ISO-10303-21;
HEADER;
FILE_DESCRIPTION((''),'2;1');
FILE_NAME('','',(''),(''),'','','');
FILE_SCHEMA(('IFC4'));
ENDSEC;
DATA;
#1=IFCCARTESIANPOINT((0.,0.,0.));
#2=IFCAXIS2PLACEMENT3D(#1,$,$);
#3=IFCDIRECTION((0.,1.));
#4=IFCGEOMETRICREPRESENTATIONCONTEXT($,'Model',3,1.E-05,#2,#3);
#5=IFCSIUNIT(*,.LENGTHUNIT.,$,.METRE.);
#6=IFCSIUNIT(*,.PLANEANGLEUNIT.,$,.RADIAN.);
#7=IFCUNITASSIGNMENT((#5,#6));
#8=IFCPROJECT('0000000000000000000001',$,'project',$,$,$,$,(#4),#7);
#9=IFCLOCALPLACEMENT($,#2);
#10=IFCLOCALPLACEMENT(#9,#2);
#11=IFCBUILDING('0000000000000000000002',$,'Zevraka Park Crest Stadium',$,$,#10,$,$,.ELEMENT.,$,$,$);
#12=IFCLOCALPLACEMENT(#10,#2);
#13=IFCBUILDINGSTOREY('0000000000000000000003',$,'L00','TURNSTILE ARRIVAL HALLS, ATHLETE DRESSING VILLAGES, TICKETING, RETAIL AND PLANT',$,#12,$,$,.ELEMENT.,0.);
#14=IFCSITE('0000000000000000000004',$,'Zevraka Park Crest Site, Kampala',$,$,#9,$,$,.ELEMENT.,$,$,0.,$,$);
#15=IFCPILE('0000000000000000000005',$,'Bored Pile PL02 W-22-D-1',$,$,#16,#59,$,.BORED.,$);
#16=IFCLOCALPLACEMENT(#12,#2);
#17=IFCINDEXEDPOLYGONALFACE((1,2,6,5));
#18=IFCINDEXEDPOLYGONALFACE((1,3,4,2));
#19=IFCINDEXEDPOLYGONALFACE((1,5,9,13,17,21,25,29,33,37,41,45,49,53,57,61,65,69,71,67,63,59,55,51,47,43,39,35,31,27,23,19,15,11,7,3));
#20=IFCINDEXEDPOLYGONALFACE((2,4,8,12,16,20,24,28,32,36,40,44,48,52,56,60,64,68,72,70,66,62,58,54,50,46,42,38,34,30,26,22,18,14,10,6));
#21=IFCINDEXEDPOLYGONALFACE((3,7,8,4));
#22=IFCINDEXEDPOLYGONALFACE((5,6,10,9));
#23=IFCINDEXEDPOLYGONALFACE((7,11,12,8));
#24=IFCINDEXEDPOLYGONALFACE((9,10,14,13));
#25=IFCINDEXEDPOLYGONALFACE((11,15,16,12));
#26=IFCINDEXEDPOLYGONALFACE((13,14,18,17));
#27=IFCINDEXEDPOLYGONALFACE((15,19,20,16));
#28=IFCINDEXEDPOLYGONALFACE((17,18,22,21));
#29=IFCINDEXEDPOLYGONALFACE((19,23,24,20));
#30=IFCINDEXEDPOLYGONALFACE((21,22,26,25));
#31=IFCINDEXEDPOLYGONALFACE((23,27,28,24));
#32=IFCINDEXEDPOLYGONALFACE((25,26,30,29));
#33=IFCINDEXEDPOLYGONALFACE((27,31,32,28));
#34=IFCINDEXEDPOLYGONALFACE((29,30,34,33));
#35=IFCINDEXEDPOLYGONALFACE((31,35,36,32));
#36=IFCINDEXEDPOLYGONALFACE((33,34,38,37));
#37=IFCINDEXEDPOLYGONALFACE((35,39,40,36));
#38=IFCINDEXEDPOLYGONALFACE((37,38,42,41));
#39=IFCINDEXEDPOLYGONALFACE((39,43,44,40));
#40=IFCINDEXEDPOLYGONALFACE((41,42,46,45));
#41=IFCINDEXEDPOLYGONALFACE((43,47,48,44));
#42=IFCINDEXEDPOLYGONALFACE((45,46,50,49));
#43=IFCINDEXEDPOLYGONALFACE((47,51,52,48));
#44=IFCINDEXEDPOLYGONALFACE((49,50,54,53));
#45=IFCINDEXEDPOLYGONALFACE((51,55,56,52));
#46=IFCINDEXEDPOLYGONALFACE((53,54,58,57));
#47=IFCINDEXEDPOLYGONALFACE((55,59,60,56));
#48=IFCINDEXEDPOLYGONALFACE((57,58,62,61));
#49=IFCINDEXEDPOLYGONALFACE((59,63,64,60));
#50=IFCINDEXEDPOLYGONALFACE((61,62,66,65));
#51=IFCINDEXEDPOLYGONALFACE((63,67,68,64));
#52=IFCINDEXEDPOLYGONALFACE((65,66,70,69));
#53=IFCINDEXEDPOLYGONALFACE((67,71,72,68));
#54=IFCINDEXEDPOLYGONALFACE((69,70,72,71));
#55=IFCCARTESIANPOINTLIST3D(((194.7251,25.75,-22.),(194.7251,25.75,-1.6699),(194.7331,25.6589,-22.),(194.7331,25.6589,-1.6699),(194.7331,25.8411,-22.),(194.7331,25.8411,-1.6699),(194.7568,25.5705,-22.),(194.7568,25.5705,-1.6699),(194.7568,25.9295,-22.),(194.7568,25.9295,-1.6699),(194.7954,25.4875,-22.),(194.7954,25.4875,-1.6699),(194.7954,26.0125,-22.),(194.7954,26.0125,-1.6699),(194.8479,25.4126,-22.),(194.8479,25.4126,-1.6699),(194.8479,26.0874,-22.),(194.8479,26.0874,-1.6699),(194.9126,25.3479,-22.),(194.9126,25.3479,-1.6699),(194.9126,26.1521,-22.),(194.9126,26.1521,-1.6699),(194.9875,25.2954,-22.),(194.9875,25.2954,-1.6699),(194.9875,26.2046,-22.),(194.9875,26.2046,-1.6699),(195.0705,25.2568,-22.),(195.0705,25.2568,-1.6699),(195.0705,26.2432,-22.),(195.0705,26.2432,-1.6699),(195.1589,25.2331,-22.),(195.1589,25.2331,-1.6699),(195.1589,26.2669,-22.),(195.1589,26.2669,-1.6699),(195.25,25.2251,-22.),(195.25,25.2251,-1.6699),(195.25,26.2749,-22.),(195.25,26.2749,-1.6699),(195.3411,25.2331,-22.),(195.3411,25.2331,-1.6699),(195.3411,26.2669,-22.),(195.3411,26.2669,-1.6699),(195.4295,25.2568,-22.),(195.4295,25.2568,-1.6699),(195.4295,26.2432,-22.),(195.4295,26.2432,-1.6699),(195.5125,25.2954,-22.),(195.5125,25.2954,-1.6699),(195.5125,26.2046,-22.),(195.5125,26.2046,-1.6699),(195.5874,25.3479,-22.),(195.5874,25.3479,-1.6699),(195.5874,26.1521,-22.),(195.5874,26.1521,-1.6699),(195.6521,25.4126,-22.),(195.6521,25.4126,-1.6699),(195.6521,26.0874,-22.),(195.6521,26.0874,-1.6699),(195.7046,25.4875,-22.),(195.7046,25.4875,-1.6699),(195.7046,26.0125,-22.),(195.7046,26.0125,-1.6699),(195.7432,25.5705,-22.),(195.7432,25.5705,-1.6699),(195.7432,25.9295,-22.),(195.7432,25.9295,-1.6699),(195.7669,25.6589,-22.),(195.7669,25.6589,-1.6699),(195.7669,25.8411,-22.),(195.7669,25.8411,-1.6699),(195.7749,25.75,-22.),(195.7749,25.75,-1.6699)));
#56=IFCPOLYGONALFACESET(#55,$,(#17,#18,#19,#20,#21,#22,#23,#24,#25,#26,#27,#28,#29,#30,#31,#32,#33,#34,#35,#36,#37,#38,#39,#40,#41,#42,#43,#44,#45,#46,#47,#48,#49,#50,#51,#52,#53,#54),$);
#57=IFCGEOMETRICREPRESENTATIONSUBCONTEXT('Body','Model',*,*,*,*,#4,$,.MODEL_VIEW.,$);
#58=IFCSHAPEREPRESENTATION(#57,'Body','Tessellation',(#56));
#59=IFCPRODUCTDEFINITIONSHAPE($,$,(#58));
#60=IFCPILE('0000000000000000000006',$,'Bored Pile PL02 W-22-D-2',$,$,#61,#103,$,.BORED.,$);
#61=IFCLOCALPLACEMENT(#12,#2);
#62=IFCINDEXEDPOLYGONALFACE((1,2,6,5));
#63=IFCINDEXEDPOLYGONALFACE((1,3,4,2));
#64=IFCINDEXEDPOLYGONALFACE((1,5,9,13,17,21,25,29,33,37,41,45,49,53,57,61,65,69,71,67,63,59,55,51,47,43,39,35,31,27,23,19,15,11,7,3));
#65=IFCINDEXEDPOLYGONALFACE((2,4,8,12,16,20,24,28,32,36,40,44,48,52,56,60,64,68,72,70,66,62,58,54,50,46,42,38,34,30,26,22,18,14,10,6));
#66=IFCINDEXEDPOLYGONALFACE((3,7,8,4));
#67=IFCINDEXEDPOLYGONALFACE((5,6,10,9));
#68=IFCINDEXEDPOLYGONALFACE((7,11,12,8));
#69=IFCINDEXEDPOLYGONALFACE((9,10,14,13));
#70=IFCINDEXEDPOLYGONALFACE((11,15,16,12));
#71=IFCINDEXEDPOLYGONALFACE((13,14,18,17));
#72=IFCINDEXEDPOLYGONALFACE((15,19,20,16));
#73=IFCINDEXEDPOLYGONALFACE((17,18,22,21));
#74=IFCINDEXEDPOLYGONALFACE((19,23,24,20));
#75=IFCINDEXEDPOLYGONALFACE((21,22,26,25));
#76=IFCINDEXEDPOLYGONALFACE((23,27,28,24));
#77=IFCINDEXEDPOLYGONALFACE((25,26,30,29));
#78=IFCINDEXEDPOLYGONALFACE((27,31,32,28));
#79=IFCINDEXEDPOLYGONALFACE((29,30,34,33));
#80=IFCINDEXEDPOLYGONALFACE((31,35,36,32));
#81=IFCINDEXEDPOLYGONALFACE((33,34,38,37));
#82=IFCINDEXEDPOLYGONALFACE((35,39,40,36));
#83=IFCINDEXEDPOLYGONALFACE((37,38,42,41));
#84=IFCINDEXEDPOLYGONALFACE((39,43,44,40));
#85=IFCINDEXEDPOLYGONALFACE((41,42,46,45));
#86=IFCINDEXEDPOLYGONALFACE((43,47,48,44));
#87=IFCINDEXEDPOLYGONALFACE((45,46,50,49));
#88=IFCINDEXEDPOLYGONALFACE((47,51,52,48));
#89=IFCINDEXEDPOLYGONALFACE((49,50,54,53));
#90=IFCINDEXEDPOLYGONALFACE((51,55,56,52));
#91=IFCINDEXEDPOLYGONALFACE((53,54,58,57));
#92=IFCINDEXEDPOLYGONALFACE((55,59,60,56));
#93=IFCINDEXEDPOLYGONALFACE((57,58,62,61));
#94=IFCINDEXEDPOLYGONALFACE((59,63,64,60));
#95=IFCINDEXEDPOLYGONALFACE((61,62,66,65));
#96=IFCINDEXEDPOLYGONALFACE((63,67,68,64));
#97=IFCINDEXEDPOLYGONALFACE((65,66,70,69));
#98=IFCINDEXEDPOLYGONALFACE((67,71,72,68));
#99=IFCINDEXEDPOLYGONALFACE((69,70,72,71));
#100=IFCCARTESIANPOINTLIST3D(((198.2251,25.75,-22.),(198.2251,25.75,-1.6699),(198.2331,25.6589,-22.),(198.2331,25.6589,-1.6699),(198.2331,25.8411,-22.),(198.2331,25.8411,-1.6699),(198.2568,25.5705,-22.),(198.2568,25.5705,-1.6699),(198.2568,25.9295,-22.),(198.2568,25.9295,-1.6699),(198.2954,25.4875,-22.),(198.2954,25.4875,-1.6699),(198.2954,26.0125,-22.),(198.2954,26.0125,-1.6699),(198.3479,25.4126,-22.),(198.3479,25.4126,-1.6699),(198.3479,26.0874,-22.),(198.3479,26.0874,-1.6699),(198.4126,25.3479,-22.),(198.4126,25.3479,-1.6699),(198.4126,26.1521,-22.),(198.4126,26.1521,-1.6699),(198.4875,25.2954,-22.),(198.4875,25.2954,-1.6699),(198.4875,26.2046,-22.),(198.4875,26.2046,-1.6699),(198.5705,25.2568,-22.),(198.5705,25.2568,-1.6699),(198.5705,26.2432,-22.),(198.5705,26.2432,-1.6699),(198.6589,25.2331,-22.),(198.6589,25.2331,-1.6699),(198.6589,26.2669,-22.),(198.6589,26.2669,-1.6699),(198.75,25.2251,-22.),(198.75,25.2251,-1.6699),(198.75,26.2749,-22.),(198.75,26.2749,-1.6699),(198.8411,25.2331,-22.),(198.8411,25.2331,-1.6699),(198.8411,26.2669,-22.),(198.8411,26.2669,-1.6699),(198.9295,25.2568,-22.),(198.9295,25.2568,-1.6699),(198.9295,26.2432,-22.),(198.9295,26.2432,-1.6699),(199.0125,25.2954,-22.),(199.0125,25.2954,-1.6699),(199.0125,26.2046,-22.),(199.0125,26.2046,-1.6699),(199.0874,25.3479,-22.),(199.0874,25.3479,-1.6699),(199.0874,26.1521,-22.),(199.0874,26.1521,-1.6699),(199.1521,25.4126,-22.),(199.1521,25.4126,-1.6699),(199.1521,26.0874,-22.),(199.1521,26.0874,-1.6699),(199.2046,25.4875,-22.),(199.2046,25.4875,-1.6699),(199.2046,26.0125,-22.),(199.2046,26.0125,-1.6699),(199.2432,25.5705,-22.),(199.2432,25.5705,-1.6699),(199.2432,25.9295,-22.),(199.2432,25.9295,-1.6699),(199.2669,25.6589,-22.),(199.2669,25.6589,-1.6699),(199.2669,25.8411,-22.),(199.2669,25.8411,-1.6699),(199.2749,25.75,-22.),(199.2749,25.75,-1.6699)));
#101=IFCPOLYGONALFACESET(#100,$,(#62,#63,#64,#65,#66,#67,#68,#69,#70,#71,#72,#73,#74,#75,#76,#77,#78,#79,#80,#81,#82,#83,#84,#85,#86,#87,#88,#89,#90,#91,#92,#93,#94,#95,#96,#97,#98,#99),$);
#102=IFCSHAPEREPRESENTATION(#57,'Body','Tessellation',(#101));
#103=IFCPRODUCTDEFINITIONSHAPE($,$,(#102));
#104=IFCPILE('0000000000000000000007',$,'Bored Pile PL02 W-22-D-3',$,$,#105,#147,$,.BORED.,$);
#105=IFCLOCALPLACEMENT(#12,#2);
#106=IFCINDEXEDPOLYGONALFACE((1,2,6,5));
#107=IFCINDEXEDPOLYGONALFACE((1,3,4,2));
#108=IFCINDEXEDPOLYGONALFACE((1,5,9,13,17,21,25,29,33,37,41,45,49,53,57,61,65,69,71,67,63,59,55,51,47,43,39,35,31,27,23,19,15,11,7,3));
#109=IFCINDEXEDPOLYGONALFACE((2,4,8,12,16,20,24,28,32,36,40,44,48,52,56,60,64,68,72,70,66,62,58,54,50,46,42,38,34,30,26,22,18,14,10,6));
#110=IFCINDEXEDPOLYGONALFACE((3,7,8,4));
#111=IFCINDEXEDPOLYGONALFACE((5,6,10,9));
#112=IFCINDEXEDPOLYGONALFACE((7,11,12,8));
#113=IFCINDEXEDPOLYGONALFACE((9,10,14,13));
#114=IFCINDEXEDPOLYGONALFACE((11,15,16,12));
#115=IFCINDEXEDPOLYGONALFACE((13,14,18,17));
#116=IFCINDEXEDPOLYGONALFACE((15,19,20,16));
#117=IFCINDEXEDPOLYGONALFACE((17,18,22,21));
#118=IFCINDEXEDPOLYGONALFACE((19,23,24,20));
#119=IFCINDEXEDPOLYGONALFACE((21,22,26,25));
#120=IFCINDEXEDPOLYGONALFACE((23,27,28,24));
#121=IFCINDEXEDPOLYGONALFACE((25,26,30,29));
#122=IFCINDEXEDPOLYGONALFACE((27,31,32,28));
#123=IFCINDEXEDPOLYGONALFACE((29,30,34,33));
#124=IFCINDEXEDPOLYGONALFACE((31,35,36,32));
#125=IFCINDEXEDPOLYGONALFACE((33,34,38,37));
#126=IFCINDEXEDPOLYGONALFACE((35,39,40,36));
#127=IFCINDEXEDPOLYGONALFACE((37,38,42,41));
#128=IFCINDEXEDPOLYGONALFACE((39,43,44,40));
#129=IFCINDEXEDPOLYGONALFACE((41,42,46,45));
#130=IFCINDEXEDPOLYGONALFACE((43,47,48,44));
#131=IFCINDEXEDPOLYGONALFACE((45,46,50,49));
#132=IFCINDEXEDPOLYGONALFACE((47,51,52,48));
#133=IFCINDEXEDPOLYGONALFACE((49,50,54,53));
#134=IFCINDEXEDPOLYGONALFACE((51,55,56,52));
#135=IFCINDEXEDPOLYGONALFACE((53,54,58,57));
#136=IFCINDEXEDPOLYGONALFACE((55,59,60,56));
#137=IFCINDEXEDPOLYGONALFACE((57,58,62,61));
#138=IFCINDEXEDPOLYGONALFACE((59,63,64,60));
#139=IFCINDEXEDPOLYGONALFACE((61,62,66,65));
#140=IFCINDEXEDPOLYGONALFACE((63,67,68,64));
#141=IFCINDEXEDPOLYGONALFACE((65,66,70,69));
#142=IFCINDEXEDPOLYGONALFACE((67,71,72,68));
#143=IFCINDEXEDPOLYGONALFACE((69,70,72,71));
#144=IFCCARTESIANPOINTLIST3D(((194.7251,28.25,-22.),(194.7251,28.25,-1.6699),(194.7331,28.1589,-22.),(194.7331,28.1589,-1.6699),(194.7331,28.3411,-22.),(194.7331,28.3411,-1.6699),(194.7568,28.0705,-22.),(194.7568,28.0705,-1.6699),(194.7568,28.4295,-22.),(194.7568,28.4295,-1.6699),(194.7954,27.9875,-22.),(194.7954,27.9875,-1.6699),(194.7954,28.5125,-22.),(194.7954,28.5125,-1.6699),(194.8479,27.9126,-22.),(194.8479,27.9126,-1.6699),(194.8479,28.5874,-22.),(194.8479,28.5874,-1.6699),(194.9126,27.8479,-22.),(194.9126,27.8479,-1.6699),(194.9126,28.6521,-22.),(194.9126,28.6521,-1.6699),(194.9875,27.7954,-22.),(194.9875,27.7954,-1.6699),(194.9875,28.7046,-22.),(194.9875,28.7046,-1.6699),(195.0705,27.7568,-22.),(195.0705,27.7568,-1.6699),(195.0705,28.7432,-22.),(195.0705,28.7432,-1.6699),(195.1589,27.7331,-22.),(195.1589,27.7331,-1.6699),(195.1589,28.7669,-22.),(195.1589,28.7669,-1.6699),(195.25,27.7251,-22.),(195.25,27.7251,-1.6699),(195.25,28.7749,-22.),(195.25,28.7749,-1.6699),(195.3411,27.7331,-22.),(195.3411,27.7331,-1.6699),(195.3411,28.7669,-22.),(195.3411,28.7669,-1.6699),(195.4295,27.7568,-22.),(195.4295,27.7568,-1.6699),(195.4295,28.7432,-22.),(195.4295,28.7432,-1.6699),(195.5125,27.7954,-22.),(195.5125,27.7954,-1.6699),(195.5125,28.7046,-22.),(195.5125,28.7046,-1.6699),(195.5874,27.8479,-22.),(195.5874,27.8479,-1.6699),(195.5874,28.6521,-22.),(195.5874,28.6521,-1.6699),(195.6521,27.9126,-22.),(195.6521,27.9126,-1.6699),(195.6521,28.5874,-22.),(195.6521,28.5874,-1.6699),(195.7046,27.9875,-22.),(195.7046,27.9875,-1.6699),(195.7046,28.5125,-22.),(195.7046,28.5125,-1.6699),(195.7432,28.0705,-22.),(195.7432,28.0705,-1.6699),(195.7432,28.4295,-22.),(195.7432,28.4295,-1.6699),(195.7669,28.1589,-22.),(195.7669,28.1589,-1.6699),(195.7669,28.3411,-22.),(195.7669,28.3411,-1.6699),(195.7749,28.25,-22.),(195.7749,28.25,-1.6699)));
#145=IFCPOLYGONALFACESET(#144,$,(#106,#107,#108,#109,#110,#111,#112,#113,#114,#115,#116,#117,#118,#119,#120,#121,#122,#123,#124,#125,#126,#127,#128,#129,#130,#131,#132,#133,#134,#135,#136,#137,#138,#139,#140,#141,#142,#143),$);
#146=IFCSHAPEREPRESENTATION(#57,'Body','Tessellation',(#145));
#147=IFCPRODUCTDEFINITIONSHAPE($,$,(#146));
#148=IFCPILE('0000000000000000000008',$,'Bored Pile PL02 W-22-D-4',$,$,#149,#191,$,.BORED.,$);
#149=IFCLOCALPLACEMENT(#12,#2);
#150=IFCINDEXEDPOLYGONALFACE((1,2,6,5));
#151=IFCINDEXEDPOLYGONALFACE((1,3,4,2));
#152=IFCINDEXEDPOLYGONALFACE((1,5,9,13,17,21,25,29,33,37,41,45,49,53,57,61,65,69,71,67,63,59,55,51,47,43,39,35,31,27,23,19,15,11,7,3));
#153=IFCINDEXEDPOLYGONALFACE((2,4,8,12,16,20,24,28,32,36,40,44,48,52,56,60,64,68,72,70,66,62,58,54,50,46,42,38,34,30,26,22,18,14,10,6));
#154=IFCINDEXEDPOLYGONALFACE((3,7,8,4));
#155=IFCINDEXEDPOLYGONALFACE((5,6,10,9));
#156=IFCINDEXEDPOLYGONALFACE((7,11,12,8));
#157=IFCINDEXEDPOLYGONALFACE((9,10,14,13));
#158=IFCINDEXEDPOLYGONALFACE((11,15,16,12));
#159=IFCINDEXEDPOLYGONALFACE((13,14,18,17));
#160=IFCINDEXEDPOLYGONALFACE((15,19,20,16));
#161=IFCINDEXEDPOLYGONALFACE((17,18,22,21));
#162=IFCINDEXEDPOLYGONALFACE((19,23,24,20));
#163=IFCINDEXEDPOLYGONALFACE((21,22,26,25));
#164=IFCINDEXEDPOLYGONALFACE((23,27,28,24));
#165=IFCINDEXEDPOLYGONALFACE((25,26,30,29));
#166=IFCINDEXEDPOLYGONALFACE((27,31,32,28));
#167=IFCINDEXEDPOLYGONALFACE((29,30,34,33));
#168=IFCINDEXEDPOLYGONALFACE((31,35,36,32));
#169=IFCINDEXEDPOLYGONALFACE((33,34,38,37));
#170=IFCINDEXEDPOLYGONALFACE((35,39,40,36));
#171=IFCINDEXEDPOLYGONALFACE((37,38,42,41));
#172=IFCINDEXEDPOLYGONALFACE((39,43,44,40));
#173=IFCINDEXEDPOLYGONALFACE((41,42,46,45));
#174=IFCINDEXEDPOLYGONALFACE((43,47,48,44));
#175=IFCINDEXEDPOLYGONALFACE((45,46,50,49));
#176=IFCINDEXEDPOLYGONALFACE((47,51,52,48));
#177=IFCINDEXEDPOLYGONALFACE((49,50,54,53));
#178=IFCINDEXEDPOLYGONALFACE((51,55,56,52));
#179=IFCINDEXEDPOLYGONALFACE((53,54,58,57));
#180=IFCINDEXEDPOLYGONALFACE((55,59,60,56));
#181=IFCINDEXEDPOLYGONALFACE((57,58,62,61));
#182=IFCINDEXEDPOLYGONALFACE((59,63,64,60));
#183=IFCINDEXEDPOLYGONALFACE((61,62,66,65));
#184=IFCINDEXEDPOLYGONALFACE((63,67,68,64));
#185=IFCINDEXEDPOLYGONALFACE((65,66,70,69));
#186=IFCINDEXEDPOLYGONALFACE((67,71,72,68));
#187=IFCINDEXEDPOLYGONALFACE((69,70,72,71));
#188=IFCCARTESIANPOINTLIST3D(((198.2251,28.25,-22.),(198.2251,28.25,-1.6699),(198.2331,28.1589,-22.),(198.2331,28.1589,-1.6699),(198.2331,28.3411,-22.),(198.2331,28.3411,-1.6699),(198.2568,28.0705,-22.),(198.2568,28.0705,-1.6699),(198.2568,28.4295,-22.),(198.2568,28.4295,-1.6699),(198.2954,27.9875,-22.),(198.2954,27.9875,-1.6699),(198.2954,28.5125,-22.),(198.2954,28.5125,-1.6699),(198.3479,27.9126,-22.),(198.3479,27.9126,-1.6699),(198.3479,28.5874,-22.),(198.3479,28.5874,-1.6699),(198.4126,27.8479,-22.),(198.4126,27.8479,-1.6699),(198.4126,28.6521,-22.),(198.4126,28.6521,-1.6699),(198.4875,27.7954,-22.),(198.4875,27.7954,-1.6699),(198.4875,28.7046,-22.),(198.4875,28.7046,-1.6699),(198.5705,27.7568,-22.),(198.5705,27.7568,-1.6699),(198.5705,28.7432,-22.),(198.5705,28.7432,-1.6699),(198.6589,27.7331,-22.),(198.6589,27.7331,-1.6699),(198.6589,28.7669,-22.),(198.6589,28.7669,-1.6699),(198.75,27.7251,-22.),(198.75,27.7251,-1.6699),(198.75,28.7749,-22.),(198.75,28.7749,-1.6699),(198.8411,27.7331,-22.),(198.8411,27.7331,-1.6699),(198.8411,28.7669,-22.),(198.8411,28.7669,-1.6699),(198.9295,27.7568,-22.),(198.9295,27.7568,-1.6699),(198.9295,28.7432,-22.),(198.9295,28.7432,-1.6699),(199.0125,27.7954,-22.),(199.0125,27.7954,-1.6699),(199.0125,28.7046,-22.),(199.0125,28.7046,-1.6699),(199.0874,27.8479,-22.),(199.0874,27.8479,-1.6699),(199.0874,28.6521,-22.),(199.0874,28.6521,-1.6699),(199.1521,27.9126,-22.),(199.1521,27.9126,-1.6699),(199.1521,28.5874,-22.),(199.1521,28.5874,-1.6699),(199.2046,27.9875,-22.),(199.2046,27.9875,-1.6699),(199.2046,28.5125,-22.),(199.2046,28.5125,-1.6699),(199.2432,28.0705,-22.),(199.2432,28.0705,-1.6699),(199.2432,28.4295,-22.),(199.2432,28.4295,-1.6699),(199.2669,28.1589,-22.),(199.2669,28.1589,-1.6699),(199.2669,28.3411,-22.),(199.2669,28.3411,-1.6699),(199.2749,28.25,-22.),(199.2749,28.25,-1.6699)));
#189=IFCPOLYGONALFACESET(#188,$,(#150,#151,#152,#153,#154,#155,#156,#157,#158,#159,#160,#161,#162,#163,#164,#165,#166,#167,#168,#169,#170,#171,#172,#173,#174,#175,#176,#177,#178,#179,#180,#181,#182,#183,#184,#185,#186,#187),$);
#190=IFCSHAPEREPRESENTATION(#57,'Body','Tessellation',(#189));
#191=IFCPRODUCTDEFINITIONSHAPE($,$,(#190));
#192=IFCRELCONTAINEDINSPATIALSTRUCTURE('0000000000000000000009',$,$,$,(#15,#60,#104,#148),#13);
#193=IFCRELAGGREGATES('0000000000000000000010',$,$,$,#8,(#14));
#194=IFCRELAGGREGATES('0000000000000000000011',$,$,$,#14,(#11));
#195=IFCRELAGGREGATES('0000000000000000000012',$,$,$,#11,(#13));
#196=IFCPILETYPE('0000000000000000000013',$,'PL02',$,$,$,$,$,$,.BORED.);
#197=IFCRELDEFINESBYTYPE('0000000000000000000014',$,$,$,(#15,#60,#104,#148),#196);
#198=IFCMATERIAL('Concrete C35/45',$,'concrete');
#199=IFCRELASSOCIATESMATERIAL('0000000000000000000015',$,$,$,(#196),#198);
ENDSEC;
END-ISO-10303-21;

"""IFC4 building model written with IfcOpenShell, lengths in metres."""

from ifc_helpers import new_model, si_unit, direction, frame, origin, origin_2d, place, context, subcontext, project, spatial, circle, extrude, material, material_profile, profile_set, type_object, element, save


model = new_model("IFC4")

# Units and contexts
model_context = context("Model", 3, precision=1e-05, world=origin(), true_north=direction((0.0, 1.0)))
body_context = subcontext(model_context, "Body", "Model", "MODEL_VIEW")
ifc_project = project(units=[si_unit("LENGTHUNIT", "METRE"), si_unit("PLANEANGLEUNIT", "RADIAN")], contexts=[model_context])

# Site, building, storey
site_placement = place(None, origin())
site = spatial("IfcSite", under=ifc_project, at=site_placement, Name="Zevraka Park Crest Site, Kampala", CompositionType="ELEMENT", RefElevation=0.0)
building_placement = place(site_placement, origin())
building = spatial("IfcBuilding", under=site, at=building_placement, Name="Zevraka Park Crest Stadium", CompositionType="ELEMENT")
storey_placement = place(building_placement, origin())
storey = spatial("IfcBuildingStorey", under=building, at=storey_placement, Name="L00", Description="TURNSTILE ARRIVAL HALLS, ATHLETE DRESSING VILLAGES, TICKETING, RETAIL AND PLANT", CompositionType="ELEMENT", Elevation=0.0)

# Piles
ifc_material_1 = material(Name="Concrete C35/45", Category="concrete")
ifc_material_profile_1 = material_profile(ifc_material_1, circle(Radius=0.5249, at=origin_2d()), Name="PILE D1050")
ifc_profile_set_1 = profile_set([ifc_material_profile_1], Name="Concrete C35/45")
pile_type_1 = type_object("IfcPileType", Name="PL02", PredefinedType="BORED", material=ifc_profile_set_1)
for number, where, z_axis, x_axis, name in (
    (1, (195.25, 25.75, -1.6699), (0.0, 0.0, -1.0), (1.0, 0.0, 0.0), "Bored Pile PL02 W-22-D-1"),
    (2, (198.75, 25.75, -1.6699), (0.0, 0.0, -1.0), (1.0, 0.0, 0.0), "Bored Pile PL02 W-22-D-2"),
    (3, (195.25, 28.25, -1.6699), (0.0, 0.0, -1.0), (1.0, 0.0, 0.0), "Bored Pile PL02 W-22-D-3"),
    (4, (198.75, 28.25, -1.6699), (0.0, 0.0, -1.0), (1.0, 0.0, 0.0), "Bored Pile PL02 W-22-D-4"),
):
    element("IfcPile", number, at=place(storey_placement, frame(where, z_axis=z_axis, x_axis=x_axis)), inside=storey, type_object=pile_type_1, Name=name, PredefinedType="BORED", context=body_context, shape_type="SweptSolid", body=[
        extrude(circle(Radius=0.5249, at=origin_2d()), origin(), (0.0, 0.0, 1.0), 20.3301),
    ])

save(model, "model.ifc")
